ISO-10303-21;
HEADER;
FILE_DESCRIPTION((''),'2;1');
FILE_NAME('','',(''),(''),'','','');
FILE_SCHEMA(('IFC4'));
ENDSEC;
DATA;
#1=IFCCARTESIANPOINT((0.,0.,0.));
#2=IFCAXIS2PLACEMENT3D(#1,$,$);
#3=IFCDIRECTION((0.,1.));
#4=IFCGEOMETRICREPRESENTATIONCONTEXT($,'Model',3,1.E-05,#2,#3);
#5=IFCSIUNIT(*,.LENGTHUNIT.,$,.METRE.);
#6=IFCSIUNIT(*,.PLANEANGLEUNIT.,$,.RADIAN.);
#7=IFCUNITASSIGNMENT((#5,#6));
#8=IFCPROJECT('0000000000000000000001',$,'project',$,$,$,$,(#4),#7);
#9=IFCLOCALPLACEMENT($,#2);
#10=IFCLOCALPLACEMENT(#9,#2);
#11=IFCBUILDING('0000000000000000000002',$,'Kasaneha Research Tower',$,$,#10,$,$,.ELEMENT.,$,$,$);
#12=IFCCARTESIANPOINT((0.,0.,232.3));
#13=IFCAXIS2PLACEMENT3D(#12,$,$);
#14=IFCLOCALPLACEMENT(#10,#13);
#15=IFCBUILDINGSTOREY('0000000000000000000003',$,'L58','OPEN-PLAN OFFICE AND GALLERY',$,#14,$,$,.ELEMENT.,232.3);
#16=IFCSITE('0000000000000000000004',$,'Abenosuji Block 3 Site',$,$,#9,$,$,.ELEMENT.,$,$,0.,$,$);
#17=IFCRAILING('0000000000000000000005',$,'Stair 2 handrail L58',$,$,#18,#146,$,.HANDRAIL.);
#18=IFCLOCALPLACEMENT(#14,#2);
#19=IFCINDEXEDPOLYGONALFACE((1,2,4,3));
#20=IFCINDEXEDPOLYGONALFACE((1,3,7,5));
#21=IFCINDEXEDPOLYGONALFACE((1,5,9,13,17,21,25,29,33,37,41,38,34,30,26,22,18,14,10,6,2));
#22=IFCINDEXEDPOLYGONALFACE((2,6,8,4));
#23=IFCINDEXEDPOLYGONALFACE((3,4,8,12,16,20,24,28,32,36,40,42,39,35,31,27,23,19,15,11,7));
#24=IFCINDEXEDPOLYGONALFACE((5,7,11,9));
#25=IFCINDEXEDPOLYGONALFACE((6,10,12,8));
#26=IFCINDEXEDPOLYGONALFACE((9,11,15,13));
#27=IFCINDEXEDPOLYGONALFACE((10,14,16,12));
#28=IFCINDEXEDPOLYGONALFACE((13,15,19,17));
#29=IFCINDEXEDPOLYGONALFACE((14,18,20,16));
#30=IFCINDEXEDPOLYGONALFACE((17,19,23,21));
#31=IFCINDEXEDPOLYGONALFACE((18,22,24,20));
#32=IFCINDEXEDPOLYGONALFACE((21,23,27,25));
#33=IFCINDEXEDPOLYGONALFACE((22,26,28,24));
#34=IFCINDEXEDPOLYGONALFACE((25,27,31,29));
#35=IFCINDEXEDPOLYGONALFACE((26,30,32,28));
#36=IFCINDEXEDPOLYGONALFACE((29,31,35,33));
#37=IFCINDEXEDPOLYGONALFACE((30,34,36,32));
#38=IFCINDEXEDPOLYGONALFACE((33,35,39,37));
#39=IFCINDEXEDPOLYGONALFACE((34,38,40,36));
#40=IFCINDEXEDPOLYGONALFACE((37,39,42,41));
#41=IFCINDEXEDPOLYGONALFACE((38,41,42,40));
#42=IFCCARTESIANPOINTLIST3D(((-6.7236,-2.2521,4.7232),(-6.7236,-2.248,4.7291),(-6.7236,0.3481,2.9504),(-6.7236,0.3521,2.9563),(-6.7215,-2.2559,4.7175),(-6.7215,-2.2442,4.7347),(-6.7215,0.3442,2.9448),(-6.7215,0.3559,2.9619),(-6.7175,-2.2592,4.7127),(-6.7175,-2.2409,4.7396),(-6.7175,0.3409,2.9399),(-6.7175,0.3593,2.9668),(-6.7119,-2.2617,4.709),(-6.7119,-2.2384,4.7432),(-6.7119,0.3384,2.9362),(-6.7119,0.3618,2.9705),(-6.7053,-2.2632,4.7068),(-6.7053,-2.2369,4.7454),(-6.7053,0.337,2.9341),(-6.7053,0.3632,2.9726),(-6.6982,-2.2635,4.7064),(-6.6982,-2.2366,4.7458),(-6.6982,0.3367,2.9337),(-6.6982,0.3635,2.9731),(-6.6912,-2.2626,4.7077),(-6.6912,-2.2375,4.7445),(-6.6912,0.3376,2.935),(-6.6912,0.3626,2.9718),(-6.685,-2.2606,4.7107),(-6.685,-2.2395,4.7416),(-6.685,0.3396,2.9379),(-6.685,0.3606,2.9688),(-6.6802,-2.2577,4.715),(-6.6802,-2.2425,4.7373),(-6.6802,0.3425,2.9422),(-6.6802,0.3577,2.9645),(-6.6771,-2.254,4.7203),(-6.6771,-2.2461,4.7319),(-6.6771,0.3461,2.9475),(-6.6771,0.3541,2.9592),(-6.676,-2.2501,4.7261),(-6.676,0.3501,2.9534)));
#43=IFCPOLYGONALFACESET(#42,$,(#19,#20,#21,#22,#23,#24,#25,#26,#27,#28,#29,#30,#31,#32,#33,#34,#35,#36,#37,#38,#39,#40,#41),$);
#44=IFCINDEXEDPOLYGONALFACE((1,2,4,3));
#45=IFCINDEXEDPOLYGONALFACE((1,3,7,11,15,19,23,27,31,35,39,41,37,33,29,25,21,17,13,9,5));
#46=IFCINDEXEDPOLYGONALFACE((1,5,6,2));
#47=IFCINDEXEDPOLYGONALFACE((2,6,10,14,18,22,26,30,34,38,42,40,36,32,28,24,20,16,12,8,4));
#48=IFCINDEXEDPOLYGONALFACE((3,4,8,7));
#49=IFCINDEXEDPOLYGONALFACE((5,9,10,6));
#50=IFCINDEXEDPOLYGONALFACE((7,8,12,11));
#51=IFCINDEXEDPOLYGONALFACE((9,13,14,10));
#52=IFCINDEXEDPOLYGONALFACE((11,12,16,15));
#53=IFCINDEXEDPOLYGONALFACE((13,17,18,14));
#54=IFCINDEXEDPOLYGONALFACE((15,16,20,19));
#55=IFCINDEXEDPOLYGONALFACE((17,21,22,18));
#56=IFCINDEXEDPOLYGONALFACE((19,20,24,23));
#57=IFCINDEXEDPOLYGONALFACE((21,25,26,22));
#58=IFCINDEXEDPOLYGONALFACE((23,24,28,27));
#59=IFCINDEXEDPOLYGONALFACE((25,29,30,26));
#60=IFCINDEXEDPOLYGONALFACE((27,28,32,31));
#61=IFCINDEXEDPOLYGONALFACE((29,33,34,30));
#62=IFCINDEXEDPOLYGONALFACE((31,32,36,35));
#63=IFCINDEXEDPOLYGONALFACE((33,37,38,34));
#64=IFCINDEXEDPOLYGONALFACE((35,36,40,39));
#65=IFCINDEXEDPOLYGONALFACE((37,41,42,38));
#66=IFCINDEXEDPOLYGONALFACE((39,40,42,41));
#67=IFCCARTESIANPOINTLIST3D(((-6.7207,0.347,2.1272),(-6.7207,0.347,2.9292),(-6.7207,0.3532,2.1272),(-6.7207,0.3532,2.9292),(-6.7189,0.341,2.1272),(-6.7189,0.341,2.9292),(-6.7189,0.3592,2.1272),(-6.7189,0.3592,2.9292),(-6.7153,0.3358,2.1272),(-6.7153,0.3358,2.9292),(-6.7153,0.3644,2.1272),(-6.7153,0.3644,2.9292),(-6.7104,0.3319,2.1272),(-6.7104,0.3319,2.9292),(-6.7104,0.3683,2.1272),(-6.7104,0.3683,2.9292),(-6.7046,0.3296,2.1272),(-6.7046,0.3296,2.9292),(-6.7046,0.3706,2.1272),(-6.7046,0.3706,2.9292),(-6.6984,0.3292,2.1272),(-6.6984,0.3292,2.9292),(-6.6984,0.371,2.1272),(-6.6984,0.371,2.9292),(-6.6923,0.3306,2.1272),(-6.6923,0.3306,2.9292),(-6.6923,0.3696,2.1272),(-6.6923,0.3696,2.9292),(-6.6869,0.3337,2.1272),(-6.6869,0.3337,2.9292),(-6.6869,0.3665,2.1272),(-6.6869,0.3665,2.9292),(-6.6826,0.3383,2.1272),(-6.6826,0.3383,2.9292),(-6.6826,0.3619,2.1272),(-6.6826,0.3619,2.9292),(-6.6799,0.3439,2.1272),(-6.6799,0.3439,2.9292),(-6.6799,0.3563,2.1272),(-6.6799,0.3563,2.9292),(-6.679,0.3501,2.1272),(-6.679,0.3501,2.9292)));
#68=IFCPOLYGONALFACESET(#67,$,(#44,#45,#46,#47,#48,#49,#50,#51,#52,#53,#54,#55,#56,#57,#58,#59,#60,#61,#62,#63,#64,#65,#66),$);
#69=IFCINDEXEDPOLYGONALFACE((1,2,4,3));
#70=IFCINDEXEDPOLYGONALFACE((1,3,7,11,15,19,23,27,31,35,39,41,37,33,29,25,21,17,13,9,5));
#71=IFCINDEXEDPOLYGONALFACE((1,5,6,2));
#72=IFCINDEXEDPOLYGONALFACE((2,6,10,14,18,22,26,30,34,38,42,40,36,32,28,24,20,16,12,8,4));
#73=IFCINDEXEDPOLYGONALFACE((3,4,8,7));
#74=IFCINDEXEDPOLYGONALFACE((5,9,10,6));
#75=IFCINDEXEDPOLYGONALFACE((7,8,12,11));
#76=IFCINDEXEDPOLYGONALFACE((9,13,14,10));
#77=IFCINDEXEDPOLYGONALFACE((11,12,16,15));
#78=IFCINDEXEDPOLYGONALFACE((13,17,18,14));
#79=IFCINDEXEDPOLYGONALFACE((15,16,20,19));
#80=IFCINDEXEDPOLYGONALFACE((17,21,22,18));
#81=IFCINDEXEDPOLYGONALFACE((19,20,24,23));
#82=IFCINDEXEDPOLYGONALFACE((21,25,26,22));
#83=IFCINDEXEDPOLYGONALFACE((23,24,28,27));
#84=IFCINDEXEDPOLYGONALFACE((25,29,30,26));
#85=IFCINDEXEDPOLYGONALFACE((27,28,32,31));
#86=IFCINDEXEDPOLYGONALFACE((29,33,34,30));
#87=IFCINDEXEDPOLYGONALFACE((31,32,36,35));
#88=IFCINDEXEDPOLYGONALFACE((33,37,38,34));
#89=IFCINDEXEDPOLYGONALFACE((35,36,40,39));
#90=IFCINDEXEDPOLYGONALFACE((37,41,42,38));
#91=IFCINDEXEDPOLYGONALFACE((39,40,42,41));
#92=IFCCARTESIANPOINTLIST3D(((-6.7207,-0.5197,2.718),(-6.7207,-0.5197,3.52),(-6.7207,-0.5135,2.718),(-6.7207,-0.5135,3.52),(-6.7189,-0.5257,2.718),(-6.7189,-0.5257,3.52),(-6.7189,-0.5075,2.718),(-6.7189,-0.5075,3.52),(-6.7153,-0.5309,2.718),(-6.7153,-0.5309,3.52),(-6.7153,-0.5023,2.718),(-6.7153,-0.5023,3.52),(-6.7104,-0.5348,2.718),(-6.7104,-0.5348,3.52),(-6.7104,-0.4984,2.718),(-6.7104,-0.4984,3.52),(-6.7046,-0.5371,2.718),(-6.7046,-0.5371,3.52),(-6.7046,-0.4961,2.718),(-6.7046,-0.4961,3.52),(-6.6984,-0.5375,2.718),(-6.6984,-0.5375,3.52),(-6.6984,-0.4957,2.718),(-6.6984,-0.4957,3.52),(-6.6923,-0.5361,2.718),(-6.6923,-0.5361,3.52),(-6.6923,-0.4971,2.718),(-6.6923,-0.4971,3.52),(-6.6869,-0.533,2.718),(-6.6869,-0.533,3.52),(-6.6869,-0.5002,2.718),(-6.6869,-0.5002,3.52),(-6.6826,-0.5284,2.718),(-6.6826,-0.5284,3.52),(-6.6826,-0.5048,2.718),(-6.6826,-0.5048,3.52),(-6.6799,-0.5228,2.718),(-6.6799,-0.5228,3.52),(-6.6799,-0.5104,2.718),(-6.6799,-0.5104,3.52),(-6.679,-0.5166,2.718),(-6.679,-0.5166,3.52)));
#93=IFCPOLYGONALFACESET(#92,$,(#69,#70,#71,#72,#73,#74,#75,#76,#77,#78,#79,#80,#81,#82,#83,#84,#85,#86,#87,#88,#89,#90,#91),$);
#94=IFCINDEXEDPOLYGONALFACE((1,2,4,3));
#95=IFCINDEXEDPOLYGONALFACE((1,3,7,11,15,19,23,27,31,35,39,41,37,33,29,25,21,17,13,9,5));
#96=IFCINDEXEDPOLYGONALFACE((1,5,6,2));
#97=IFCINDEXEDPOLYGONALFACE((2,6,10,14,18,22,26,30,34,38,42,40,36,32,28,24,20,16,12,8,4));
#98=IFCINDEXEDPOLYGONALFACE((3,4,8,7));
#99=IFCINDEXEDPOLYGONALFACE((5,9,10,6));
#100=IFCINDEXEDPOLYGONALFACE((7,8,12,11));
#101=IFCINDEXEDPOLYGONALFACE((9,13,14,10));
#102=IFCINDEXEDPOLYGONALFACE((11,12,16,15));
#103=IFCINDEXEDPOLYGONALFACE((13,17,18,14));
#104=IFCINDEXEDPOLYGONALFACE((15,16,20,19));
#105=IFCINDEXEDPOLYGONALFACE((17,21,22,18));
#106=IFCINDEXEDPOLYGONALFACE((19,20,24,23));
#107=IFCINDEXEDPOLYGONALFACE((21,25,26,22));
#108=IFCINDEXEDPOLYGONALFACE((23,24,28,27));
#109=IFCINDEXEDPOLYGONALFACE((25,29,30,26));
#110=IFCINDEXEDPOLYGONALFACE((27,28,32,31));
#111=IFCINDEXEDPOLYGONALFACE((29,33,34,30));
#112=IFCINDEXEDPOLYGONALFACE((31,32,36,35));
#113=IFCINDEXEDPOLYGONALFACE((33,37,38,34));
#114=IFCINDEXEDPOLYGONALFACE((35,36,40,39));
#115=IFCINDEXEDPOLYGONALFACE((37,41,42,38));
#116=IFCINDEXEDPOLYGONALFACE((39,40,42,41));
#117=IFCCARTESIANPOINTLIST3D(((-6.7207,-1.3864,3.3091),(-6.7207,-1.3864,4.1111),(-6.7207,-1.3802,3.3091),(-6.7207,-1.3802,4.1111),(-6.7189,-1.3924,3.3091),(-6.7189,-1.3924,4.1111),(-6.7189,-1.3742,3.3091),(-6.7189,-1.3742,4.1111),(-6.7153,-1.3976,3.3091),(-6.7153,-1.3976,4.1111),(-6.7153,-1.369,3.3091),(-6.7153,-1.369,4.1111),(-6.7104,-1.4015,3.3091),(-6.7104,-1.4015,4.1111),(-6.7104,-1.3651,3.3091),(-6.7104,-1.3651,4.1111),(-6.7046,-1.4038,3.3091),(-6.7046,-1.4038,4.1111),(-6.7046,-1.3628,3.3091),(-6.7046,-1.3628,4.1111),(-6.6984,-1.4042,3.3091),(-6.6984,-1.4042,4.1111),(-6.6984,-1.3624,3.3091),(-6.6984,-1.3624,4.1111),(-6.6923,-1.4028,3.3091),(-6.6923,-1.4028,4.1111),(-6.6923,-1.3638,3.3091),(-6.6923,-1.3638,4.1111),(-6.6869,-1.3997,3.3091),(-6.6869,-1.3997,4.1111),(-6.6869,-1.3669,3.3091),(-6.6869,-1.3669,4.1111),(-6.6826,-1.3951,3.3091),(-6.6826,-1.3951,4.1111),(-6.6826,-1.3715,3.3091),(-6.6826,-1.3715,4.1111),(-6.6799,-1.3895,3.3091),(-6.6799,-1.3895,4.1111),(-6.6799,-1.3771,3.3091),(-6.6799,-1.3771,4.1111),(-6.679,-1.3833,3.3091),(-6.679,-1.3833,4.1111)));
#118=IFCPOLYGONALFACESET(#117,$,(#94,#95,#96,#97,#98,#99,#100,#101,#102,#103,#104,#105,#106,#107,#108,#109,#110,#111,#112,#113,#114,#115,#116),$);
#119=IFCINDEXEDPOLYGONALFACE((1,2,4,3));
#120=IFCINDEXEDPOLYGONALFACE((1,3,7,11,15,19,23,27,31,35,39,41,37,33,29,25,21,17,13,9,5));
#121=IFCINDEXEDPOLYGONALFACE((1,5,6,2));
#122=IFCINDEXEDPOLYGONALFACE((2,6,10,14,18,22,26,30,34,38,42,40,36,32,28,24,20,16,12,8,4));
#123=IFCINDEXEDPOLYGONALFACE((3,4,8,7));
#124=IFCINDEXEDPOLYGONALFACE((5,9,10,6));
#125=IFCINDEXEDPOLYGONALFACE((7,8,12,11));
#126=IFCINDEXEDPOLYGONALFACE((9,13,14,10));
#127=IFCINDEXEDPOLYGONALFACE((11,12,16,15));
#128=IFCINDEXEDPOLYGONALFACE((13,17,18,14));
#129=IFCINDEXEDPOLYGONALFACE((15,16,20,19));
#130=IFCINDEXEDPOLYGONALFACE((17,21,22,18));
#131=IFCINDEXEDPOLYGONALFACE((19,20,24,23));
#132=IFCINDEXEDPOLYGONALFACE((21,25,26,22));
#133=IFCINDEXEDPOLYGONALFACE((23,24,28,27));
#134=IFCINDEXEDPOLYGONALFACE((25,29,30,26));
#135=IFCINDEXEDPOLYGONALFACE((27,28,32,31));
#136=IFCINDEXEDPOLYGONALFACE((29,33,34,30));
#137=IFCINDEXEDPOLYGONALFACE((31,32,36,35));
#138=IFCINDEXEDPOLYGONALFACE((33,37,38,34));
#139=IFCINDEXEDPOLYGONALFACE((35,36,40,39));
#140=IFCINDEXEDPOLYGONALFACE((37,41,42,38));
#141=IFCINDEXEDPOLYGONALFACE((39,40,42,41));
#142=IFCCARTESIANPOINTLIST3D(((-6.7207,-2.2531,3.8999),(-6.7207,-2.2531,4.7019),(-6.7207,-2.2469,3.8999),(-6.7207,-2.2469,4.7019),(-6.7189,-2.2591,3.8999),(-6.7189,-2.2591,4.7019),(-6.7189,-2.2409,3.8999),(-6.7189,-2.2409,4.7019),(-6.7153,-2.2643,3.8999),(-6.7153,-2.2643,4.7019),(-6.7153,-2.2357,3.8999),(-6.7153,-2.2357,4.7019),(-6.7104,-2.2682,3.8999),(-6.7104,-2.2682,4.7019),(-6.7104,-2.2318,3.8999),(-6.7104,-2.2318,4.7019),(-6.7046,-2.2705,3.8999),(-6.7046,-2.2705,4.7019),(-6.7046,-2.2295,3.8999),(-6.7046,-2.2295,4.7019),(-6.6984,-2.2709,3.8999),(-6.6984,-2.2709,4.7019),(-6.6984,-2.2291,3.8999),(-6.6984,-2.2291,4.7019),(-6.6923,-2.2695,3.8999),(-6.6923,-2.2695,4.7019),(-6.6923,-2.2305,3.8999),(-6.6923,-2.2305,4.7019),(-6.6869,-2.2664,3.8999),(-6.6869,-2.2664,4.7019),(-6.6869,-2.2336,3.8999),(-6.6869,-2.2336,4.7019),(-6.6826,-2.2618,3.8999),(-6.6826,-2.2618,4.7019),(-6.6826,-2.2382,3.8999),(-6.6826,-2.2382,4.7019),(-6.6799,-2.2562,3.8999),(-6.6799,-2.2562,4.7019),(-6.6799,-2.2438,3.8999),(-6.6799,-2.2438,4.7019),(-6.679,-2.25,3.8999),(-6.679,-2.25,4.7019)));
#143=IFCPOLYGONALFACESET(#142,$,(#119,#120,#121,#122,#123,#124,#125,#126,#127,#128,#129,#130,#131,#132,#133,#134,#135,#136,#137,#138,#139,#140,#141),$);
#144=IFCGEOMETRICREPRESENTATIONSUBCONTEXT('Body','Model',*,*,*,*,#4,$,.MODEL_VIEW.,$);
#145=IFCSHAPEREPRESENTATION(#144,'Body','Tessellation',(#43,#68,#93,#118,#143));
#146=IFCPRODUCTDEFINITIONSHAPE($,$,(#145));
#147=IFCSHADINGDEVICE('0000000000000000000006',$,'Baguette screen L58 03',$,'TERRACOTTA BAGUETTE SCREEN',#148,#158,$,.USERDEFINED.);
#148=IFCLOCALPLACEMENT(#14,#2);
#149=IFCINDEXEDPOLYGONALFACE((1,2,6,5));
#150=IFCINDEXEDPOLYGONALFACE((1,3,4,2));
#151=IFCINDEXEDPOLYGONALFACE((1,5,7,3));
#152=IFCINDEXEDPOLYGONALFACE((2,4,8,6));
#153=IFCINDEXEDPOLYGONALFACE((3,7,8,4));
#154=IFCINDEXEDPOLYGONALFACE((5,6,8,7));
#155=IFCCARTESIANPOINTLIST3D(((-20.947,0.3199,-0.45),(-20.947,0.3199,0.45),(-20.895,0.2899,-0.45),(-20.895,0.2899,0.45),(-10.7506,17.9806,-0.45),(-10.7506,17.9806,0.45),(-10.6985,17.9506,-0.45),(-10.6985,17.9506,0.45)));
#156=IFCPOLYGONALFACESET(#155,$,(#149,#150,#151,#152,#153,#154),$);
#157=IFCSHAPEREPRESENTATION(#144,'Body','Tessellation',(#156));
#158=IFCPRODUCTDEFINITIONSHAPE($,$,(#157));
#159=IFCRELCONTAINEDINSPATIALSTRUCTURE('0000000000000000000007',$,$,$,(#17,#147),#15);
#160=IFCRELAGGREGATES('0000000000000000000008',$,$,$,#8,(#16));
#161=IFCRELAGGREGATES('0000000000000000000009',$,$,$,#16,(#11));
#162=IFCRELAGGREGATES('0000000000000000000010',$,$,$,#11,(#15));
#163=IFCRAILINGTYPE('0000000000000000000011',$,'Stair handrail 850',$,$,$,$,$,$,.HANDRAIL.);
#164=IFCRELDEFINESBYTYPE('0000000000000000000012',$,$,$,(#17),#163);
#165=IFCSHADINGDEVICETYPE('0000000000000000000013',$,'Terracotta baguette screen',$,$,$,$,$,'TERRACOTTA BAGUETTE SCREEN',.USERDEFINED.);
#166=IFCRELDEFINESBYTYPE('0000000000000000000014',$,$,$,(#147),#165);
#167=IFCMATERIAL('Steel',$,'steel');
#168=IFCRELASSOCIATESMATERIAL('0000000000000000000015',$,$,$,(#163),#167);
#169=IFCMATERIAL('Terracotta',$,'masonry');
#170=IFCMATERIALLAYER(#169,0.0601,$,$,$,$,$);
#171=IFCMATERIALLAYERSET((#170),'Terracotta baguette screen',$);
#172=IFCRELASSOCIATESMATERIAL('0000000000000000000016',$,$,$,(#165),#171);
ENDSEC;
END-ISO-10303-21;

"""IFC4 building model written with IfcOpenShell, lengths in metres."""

from ifc_helpers import new_model, si_unit, direction, frame, origin, origin_2d, place, context, subcontext, project, spatial, rectangle, circle, extrude, material, layer, layer_set, type_object, element, save


model = new_model("IFC4")

# Units and contexts
model_context = context("Model", 3, precision=1e-05, world=origin(), true_north=direction((0.0, 1.0)))
body_context = subcontext(model_context, "Body", "Model", "MODEL_VIEW")
ifc_project = project(units=[si_unit("LENGTHUNIT", "METRE"), si_unit("PLANEANGLEUNIT", "RADIAN")], contexts=[model_context])

# Site, building, storey
site_placement = place(None, origin())
site = spatial("IfcSite", under=ifc_project, at=site_placement, Name="Abenosuji Block 3 Site", CompositionType="ELEMENT", RefElevation=0.0)
building_placement = place(site_placement, origin())
building = spatial("IfcBuilding", under=site, at=building_placement, Name="Kasaneha Research Tower", CompositionType="ELEMENT")
storey_placement = place(building_placement, frame((0.0, 0.0, 232.3)))
storey = spatial("IfcBuildingStorey", under=building, at=storey_placement, Name="L58", Description="OPEN-PLAN OFFICE AND GALLERY", CompositionType="ELEMENT", Elevation=232.3)

# Railing
ifc_material_1 = material(Name="Steel", Category="steel")
railing_type_1 = type_object("IfcRailingType", Name="Stair handrail 850", PredefinedType="HANDRAIL", material=ifc_material_1)
railing_1_placement = place(storey_placement, frame((-6.7, 0.3501, 2.1272)))
element("IfcRailing", 1, at=railing_1_placement, inside=storey, type_object=railing_type_1, Name="Stair 2 handrail L58", PredefinedType="HANDRAIL", context=body_context, shape_type="SweptSolid", body=[
    extrude(circle(Radius=0.0239, at=origin_2d()), frame((0.0, 0.0, 0.8262), z_axis=(0.0, -0.82624, 0.563318), x_axis=(1.0, 0.0, 0.0)), (0.0, 0.0, 1.0), 3.147),
    extrude(circle(Radius=0.021, at=origin_2d()), origin(), (0.0, 0.0, 1.0), 0.802),
    extrude(circle(Radius=0.021, at=origin_2d()), frame((0.0, -0.8667, 0.5908)), (0.0, 0.0, 1.0), 0.802),
    extrude(circle(Radius=0.021, at=origin_2d()), frame((0.0, -1.7334, 1.1819)), (0.0, 0.0, 1.0), 0.802),
    extrude(circle(Radius=0.021, at=origin_2d()), frame((0.0, -2.6001, 1.7727)), (0.0, 0.0, 1.0), 0.802),
])

# Shading device
ifc_material_2 = material(Name="Terracotta", Category="masonry")
ifc_layer_1 = layer(ifc_material_2, 0.0601)
ifc_layer_set_1 = layer_set([ifc_layer_1], Name="Terracotta baguette screen")
shading_device_type = type_object("IfcShadingDeviceType", Name="Terracotta baguette screen", ElementType="TERRACOTTA BAGUETTE SCREEN", PredefinedType="USERDEFINED", material=ifc_layer_set_1)
shading_device_placement = place(storey_placement, frame((-15.8228, 9.1353, -0.45), z_axis=(0.0, 0.0, 1.0), x_axis=(-0.5, -0.866025, 0.0)))
element("IfcShadingDevice", 2, at=shading_device_placement, inside=storey, type_object=shading_device_type, Name="Baguette screen L58 03", ObjectType="TERRACOTTA BAGUETTE SCREEN", PredefinedType="USERDEFINED", context=body_context, shape_type="SweptSolid", body=[
    extrude(rectangle(XDim=20.3928, YDim=0.0601, at=origin_2d()), origin(), (0.0, 0.0, 1.0), 0.8999),
])

save(model, "model.ifc")
